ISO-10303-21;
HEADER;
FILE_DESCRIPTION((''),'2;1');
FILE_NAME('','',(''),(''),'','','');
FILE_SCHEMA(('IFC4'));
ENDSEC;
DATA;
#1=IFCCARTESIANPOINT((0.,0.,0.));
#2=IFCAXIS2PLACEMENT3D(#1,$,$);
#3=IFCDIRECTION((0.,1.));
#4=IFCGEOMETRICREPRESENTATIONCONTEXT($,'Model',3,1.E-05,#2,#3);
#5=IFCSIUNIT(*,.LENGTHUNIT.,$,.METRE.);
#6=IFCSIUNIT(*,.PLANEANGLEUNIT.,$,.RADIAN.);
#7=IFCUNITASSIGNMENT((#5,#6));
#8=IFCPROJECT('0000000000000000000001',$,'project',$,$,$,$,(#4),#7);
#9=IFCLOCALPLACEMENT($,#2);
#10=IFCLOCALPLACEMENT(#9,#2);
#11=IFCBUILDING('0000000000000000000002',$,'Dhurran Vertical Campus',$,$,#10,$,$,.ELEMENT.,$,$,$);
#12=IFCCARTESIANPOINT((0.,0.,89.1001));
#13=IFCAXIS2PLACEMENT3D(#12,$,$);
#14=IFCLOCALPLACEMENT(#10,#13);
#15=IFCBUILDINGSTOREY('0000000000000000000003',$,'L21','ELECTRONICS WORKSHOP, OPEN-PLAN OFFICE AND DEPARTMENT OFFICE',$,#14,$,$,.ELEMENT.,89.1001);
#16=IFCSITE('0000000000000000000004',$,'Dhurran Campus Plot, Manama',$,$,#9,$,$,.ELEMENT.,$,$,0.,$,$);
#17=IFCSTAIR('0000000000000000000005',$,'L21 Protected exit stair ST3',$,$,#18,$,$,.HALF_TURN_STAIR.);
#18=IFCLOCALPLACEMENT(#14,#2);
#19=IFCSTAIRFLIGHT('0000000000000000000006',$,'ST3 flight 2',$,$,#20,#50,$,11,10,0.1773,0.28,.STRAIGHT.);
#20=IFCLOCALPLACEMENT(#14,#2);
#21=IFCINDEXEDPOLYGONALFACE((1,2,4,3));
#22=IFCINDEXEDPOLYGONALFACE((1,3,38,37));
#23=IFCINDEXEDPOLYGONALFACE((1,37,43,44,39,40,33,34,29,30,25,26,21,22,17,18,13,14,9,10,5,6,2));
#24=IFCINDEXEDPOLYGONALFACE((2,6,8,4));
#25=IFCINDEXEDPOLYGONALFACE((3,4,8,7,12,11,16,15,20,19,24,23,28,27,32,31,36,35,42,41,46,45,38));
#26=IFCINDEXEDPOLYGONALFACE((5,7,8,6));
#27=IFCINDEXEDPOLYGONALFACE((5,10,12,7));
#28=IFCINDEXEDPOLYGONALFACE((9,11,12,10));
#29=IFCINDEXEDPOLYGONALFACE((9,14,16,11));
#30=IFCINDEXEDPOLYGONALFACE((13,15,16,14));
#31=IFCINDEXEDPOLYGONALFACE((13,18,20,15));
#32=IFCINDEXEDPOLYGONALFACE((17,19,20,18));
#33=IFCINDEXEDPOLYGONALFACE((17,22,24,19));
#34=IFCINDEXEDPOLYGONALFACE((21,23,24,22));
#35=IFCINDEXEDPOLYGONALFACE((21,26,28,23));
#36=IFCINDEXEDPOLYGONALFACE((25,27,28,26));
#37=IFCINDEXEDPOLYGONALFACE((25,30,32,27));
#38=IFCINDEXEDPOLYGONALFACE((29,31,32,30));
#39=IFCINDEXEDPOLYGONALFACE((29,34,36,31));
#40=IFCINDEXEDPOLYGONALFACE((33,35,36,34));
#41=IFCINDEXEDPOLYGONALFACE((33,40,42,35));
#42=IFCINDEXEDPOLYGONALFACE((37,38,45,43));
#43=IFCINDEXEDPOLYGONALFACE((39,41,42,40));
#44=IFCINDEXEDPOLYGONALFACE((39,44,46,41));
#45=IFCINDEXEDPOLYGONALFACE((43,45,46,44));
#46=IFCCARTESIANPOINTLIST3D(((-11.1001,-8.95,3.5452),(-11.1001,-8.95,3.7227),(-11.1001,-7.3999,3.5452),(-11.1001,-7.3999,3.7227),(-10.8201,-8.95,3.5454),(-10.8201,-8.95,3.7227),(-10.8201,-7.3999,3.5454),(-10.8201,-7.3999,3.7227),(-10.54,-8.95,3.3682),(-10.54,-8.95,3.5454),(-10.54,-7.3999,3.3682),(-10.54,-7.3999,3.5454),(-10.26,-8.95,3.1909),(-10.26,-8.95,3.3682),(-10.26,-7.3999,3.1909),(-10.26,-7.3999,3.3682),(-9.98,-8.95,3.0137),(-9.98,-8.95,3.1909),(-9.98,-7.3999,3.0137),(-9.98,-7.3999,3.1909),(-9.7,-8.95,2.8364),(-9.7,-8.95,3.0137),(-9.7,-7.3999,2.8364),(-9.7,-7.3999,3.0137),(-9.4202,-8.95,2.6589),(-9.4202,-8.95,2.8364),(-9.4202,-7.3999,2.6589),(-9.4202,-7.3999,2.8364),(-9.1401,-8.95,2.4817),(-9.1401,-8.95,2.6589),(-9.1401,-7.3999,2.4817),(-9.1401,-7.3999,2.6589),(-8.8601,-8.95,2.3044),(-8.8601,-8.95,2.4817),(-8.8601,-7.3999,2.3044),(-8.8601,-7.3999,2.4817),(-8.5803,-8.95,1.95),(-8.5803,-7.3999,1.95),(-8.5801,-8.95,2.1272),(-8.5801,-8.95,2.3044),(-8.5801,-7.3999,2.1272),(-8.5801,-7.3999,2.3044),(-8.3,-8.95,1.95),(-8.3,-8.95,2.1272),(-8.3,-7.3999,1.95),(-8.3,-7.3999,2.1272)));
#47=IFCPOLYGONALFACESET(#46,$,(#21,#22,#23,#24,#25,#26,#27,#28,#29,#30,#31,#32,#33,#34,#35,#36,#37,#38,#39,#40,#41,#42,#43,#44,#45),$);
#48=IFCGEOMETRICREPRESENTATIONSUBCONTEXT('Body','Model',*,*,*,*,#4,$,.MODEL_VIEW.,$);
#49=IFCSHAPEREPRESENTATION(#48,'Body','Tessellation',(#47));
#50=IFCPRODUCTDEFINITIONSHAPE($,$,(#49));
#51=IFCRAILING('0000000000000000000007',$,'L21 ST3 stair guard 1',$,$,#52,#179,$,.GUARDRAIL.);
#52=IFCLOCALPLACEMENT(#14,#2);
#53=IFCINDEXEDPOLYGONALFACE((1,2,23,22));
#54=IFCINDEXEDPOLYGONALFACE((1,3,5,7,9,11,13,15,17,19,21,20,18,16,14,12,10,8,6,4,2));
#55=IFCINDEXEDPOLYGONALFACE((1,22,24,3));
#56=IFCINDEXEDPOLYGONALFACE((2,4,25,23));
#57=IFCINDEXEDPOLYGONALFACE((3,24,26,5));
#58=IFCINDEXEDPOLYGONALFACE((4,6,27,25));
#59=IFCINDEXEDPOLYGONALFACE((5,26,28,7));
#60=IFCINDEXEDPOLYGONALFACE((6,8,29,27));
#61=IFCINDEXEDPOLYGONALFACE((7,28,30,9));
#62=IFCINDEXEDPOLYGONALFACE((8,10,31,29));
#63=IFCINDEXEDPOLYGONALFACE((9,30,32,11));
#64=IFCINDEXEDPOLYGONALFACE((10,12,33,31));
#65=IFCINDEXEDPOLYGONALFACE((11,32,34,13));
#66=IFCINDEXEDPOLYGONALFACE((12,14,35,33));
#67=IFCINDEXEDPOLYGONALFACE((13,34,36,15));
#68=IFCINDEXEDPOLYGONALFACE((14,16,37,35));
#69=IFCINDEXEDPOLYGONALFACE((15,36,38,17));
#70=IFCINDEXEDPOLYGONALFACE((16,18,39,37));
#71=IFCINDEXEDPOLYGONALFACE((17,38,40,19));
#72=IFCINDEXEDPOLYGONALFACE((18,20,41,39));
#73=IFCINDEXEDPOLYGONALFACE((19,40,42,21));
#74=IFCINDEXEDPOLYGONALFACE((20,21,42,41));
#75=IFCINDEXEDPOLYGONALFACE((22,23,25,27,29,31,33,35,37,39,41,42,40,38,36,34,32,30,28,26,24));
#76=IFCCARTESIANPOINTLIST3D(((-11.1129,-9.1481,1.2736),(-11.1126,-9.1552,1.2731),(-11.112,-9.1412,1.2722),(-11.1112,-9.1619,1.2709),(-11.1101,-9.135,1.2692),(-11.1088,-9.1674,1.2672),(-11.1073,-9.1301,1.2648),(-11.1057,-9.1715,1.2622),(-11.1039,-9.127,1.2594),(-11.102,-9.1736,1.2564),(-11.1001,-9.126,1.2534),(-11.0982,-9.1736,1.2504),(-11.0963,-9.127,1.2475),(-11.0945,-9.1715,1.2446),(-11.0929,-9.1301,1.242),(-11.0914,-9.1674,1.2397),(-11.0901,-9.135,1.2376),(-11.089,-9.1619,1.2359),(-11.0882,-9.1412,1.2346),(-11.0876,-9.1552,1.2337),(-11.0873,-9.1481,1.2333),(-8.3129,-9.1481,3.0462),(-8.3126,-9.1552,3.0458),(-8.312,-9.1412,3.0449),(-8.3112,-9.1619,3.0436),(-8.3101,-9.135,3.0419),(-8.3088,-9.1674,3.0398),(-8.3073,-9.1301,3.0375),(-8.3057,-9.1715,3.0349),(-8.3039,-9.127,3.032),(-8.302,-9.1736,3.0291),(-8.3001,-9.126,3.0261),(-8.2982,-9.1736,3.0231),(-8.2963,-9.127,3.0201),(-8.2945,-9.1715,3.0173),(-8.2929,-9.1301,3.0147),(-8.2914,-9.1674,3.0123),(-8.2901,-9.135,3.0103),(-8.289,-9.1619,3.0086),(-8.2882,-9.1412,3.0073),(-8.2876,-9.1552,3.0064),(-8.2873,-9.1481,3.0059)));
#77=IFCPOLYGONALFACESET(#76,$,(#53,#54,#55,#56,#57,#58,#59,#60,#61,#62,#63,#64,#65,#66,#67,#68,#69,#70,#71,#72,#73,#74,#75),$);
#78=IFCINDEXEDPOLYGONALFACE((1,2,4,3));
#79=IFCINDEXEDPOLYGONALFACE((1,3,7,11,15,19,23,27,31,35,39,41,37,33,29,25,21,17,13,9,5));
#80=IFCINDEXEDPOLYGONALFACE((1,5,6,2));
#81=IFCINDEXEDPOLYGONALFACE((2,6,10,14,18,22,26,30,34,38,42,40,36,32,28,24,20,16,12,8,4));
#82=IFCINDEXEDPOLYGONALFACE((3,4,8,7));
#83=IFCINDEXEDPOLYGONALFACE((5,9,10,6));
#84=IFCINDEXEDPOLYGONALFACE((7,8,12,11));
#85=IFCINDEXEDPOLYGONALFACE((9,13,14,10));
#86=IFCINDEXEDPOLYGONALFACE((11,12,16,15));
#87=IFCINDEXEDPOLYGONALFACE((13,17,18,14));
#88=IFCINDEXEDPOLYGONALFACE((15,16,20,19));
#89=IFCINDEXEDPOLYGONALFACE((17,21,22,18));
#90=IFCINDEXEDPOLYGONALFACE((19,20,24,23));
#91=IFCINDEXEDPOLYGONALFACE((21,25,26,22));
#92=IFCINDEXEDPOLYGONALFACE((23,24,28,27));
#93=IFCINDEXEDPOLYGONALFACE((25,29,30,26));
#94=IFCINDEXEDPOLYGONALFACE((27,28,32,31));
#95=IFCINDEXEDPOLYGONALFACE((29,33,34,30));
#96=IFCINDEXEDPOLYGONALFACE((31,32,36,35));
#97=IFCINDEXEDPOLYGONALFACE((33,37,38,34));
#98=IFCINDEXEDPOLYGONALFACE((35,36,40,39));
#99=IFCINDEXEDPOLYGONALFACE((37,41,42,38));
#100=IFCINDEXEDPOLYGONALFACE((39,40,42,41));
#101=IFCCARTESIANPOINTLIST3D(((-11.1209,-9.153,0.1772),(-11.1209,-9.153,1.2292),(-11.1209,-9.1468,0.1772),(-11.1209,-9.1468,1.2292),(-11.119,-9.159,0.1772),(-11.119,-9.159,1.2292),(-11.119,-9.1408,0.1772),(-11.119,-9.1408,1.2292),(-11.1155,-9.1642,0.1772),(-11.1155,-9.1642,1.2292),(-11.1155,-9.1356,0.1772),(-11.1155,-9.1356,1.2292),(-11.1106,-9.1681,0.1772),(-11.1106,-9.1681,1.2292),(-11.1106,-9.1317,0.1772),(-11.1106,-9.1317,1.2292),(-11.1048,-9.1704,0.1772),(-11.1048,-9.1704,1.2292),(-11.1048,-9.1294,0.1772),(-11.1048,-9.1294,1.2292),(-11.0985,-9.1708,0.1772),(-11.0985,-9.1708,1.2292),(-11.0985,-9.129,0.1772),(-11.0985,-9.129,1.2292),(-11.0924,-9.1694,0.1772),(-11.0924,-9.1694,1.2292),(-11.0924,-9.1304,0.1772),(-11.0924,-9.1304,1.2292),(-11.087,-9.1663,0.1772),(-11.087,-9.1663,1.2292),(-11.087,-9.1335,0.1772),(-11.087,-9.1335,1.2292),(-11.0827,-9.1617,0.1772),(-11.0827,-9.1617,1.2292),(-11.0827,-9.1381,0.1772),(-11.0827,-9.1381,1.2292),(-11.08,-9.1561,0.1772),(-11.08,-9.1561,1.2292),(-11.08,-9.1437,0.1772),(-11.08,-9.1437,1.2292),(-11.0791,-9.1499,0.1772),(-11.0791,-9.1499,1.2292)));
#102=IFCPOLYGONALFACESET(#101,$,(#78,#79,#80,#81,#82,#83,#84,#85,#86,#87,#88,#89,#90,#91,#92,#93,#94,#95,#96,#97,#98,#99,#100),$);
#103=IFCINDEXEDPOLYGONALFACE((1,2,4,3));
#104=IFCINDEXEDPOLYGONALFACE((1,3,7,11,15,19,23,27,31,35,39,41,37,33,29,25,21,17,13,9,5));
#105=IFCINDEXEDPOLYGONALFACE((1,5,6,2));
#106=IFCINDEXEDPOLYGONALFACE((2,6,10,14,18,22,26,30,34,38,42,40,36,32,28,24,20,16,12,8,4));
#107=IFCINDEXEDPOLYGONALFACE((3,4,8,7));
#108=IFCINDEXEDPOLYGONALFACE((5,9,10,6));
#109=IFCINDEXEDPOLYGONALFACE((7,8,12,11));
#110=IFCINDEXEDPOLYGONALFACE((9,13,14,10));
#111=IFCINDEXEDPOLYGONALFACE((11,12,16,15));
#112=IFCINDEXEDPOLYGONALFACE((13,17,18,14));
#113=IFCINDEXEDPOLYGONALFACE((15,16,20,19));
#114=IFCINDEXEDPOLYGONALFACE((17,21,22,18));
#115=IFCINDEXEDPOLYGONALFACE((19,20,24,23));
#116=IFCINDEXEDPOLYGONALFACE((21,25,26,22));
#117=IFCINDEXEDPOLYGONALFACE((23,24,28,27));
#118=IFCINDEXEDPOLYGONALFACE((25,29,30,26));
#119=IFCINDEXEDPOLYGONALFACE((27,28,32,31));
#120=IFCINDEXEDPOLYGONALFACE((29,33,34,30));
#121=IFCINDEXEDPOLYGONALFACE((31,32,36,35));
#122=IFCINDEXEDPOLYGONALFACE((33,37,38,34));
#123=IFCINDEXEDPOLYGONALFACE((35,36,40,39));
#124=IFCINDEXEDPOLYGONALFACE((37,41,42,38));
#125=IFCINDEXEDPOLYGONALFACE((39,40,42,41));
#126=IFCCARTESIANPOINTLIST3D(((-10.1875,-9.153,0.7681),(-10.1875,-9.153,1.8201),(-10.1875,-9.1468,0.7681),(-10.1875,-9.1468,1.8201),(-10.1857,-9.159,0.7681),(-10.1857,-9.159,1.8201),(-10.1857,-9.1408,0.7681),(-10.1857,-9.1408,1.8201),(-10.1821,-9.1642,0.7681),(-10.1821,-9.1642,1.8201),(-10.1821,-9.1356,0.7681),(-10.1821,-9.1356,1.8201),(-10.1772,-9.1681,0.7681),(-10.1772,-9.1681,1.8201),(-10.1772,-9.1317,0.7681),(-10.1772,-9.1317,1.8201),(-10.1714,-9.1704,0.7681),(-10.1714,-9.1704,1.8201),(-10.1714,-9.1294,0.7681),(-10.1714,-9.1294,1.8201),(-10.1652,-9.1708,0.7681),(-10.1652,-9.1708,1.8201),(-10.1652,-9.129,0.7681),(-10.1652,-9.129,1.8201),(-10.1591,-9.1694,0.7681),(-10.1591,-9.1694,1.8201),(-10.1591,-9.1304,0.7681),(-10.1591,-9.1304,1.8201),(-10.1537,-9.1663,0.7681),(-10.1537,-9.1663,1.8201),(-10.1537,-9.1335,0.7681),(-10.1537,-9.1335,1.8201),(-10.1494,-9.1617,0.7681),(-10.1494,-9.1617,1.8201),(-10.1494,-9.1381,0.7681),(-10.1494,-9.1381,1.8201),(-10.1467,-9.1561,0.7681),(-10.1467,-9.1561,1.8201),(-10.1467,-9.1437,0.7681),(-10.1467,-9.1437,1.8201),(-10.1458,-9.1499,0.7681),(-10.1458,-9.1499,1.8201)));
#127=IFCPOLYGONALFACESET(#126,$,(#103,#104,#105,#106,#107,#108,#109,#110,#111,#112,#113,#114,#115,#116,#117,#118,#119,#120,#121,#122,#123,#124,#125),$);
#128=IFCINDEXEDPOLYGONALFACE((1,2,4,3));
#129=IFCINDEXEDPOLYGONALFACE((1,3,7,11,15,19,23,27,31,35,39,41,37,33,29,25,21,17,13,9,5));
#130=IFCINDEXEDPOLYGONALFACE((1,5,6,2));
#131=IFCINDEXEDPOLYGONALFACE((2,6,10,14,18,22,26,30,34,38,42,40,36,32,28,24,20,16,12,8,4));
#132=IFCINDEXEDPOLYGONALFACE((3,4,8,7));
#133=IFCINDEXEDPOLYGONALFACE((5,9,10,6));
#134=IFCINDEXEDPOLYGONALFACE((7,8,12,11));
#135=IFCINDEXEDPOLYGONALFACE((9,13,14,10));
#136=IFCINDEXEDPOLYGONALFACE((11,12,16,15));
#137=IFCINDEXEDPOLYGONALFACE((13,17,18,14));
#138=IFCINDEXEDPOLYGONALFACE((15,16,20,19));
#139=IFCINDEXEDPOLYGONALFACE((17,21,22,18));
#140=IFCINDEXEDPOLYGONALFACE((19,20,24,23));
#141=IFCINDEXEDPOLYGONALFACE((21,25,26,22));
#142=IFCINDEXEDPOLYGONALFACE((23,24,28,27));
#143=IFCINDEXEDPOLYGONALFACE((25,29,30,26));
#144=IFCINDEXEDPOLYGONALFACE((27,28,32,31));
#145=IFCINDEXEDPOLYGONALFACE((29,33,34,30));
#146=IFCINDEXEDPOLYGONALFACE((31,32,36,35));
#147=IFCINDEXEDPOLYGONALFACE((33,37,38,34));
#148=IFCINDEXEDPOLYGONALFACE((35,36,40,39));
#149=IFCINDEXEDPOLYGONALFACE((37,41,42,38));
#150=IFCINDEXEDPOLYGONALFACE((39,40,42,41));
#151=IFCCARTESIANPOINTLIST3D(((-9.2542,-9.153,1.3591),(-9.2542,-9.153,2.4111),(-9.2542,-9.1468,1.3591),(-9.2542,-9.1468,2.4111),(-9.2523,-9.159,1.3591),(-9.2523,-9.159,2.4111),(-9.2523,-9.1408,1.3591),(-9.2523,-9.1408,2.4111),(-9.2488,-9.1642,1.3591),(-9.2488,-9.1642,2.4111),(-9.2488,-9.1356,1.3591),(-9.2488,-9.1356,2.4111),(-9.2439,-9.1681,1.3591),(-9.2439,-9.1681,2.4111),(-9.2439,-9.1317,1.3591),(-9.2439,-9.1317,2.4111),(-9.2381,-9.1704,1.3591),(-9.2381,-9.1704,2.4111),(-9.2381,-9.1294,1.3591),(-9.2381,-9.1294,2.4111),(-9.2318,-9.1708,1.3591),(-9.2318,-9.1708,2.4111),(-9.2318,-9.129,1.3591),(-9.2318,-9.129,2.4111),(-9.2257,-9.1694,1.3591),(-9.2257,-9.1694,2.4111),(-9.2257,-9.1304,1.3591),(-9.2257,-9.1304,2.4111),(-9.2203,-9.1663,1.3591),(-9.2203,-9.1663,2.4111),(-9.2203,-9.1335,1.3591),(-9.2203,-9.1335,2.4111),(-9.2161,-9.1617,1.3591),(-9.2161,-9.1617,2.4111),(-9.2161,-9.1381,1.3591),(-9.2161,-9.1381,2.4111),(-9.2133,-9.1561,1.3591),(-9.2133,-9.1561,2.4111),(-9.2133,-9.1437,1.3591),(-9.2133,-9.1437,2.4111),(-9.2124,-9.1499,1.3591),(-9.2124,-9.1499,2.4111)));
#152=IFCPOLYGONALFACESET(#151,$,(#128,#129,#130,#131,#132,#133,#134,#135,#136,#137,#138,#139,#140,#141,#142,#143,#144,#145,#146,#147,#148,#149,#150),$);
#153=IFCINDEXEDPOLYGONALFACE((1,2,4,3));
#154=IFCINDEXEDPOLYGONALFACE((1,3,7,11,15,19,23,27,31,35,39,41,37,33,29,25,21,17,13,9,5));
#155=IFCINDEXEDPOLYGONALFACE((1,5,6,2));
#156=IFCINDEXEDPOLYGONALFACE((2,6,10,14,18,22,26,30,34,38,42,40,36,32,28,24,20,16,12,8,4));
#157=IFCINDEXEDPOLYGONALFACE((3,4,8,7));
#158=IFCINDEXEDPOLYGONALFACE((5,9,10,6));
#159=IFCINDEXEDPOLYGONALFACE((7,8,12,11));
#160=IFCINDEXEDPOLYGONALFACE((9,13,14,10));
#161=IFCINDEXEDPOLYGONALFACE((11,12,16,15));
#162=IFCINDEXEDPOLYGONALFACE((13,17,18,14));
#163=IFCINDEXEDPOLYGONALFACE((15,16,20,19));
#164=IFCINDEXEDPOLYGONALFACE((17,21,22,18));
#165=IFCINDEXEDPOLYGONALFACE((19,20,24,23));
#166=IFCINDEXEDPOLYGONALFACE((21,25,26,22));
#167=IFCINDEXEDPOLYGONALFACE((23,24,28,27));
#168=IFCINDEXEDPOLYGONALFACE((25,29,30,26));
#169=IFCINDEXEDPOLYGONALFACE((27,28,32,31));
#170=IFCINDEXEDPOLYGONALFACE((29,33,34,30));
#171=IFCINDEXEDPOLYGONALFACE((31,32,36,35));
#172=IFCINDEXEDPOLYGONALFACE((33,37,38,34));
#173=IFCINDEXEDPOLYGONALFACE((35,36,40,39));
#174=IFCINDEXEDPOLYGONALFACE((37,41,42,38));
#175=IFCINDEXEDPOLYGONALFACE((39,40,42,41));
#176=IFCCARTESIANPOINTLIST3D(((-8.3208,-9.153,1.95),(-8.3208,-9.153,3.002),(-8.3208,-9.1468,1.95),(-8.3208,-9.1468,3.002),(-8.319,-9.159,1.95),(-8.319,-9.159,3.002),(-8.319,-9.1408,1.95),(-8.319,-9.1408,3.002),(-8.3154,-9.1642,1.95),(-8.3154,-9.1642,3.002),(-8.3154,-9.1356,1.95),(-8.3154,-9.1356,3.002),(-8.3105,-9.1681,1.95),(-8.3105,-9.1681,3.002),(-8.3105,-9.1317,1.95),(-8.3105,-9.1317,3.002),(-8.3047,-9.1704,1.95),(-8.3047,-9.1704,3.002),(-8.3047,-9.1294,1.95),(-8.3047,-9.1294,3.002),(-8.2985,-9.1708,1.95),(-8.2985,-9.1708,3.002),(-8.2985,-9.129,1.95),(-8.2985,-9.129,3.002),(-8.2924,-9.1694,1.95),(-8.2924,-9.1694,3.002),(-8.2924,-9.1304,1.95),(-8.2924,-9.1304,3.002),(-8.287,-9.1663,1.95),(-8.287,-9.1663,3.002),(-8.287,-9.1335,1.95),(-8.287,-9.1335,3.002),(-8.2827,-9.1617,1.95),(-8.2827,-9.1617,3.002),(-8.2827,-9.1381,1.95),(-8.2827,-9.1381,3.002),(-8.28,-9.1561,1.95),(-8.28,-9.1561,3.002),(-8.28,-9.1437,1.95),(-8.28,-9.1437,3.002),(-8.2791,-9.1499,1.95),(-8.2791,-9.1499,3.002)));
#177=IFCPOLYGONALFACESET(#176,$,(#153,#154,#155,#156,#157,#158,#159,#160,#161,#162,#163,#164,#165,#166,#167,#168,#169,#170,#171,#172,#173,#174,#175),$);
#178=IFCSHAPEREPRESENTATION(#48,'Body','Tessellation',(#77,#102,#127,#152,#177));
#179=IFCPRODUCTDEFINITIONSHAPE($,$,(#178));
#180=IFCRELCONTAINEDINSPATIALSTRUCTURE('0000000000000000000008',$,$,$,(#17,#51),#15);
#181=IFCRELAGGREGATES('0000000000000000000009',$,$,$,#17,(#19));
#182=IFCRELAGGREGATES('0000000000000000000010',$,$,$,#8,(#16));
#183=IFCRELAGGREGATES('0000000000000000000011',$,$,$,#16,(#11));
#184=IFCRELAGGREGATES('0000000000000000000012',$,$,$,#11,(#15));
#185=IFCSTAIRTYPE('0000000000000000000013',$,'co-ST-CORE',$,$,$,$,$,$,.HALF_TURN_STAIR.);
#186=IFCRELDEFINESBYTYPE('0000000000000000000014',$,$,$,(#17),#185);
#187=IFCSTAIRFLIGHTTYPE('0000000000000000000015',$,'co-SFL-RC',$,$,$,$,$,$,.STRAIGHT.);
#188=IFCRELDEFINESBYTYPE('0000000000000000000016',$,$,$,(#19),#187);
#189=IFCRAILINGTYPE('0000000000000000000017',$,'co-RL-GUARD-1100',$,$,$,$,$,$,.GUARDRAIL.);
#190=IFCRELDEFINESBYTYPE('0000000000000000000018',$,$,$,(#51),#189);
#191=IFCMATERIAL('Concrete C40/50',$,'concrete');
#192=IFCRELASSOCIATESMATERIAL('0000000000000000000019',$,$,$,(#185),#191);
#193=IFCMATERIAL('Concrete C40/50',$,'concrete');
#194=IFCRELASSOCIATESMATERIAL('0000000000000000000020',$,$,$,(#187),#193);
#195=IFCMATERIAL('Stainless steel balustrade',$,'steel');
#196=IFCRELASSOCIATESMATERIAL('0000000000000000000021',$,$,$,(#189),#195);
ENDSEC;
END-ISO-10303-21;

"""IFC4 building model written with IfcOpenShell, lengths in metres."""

from ifc_helpers import new_model, si_unit, direction, frame, origin, origin_2d, place, context, subcontext, project, spatial, polyline, circle, outline, extrude, material, type_object, element, aggregate, save


model = new_model("IFC4")

# Units and contexts
model_context = context("Model", 3, precision=1e-05, world=origin(), true_north=direction((0.0, 1.0)))
body_context = subcontext(model_context, "Body", "Model", "MODEL_VIEW")
ifc_project = project(units=[si_unit("LENGTHUNIT", "METRE"), si_unit("PLANEANGLEUNIT", "RADIAN")], contexts=[model_context])

# Site, building, storey
site_placement = place(None, origin())
site = spatial("IfcSite", under=ifc_project, at=site_placement, Name="Dhurran Campus Plot, Manama", CompositionType="ELEMENT", RefElevation=0.0)
building_placement = place(site_placement, origin())
building = spatial("IfcBuilding", under=site, at=building_placement, Name="Dhurran Vertical Campus", CompositionType="ELEMENT")
storey_placement = place(building_placement, frame((0.0, 0.0, 89.1001)))
storey = spatial("IfcBuildingStorey", under=building, at=storey_placement, Name="L21", Description="ELECTRONICS WORKSHOP, OPEN-PLAN OFFICE AND DEPARTMENT OFFICE", CompositionType="ELEMENT", Elevation=89.1001)

# Stair, stair flight
ifc_material_1 = material(Name="Concrete C40/50", Category="concrete")
stair_type = type_object("IfcStairType", Name="co-ST-CORE", PredefinedType="HALF_TURN_STAIR", material=ifc_material_1)
stair_placement = place(storey_placement, origin())
stair = element("IfcStair", 1, at=stair_placement, inside=storey, type_object=stair_type, Name="L21 Protected exit stair ST3", PredefinedType="HALF_TURN_STAIR")
ifc_material_2 = material(Name="Concrete C40/50", Category="concrete")
stair_flight_type = type_object("IfcStairFlightType", Name="co-SFL-RC", PredefinedType="STRAIGHT", material=ifc_material_2)
stair_flight_1_placement = place(storey_placement, frame((-8.3, -8.175, 1.95), z_axis=(0.0, 0.0, 1.0), x_axis=(-1.0, 0.0, 0.0)))
stair_flight_1 = element("IfcStairFlight", 2, at=stair_flight_1_placement, type_object=stair_flight_type, Name="ST3 flight 2", NumberOfRisers=11, NumberOfTreads=10, PredefinedType="STRAIGHT", RiserHeight=0.1773, TreadLength=0.28, context=body_context, shape_type="SweptSolid", body=[
    extrude(outline(polyline([(0.0, 0.0), (0.0, 0.1772), (0.28, 0.1772), (0.28, 0.3545), (0.5601, 0.3545), (0.5601, 0.5317), (0.8401, 0.5317), (0.8401, 0.709), (1.1201, 0.709), (1.1201, 0.8865), (1.3999, 0.8865), (1.3999, 1.0637), (1.6799, 1.0637), (1.6799, 1.241), (1.96, 1.241), (1.96, 1.4182), (2.24, 1.4182), (2.24, 1.5955), (2.52, 1.5955), (2.52, 1.7727), (2.8, 1.7727), (2.8, 1.95), (2.8, 1.5952), (0.2803, 0.0), (0.0, 0.0)])), frame((0.0, 0.7749, 0.0), z_axis=(0.0, -1.0, 0.0), x_axis=(1.0, 0.0, 0.0)), (0.0, 0.0, 1.0), 1.55),
])
aggregate(stair, [stair_flight_1])

# Railing
ifc_material_3 = material(Name="Stainless steel balustrade", Category="steel")
railing_type_1 = type_object("IfcRailingType", Name="co-RL-GUARD-1100", PredefinedType="GUARDRAIL", material=ifc_material_3)
railing_1_placement = place(storey_placement, frame((-11.1001, -9.1499, 0.1772)))
element("IfcRailing", 3, at=railing_1_placement, inside=storey, type_object=railing_type_1, Name="L21 ST3 stair guard 1", PredefinedType="GUARDRAIL", context=body_context, shape_type="SweptSolid", body=[
    extrude(circle(Radius=0.0239, at=origin_2d()), frame((0.0, 0.0, 1.0762), z_axis=(0.844909, 0.0, 0.53491), x_axis=(0.0, 1.0, 0.0)), (0.0, 0.0, 1.0), 3.314),
    extrude(circle(Radius=0.021, at=origin_2d()), origin(), (0.0, 0.0, 1.0), 1.052),
    extrude(circle(Radius=0.021, at=origin_2d()), frame((0.9333, 0.0, 0.5908)), (0.0, 0.0, 1.0), 1.052),
    extrude(circle(Radius=0.021, at=origin_2d()), frame((1.8667, 0.0, 1.1819)), (0.0, 0.0, 1.0), 1.052),
    extrude(circle(Radius=0.021, at=origin_2d()), frame((2.8, 0.0, 1.7727)), (0.0, 0.0, 1.0), 1.052),
])

save(model, "model.ifc")
